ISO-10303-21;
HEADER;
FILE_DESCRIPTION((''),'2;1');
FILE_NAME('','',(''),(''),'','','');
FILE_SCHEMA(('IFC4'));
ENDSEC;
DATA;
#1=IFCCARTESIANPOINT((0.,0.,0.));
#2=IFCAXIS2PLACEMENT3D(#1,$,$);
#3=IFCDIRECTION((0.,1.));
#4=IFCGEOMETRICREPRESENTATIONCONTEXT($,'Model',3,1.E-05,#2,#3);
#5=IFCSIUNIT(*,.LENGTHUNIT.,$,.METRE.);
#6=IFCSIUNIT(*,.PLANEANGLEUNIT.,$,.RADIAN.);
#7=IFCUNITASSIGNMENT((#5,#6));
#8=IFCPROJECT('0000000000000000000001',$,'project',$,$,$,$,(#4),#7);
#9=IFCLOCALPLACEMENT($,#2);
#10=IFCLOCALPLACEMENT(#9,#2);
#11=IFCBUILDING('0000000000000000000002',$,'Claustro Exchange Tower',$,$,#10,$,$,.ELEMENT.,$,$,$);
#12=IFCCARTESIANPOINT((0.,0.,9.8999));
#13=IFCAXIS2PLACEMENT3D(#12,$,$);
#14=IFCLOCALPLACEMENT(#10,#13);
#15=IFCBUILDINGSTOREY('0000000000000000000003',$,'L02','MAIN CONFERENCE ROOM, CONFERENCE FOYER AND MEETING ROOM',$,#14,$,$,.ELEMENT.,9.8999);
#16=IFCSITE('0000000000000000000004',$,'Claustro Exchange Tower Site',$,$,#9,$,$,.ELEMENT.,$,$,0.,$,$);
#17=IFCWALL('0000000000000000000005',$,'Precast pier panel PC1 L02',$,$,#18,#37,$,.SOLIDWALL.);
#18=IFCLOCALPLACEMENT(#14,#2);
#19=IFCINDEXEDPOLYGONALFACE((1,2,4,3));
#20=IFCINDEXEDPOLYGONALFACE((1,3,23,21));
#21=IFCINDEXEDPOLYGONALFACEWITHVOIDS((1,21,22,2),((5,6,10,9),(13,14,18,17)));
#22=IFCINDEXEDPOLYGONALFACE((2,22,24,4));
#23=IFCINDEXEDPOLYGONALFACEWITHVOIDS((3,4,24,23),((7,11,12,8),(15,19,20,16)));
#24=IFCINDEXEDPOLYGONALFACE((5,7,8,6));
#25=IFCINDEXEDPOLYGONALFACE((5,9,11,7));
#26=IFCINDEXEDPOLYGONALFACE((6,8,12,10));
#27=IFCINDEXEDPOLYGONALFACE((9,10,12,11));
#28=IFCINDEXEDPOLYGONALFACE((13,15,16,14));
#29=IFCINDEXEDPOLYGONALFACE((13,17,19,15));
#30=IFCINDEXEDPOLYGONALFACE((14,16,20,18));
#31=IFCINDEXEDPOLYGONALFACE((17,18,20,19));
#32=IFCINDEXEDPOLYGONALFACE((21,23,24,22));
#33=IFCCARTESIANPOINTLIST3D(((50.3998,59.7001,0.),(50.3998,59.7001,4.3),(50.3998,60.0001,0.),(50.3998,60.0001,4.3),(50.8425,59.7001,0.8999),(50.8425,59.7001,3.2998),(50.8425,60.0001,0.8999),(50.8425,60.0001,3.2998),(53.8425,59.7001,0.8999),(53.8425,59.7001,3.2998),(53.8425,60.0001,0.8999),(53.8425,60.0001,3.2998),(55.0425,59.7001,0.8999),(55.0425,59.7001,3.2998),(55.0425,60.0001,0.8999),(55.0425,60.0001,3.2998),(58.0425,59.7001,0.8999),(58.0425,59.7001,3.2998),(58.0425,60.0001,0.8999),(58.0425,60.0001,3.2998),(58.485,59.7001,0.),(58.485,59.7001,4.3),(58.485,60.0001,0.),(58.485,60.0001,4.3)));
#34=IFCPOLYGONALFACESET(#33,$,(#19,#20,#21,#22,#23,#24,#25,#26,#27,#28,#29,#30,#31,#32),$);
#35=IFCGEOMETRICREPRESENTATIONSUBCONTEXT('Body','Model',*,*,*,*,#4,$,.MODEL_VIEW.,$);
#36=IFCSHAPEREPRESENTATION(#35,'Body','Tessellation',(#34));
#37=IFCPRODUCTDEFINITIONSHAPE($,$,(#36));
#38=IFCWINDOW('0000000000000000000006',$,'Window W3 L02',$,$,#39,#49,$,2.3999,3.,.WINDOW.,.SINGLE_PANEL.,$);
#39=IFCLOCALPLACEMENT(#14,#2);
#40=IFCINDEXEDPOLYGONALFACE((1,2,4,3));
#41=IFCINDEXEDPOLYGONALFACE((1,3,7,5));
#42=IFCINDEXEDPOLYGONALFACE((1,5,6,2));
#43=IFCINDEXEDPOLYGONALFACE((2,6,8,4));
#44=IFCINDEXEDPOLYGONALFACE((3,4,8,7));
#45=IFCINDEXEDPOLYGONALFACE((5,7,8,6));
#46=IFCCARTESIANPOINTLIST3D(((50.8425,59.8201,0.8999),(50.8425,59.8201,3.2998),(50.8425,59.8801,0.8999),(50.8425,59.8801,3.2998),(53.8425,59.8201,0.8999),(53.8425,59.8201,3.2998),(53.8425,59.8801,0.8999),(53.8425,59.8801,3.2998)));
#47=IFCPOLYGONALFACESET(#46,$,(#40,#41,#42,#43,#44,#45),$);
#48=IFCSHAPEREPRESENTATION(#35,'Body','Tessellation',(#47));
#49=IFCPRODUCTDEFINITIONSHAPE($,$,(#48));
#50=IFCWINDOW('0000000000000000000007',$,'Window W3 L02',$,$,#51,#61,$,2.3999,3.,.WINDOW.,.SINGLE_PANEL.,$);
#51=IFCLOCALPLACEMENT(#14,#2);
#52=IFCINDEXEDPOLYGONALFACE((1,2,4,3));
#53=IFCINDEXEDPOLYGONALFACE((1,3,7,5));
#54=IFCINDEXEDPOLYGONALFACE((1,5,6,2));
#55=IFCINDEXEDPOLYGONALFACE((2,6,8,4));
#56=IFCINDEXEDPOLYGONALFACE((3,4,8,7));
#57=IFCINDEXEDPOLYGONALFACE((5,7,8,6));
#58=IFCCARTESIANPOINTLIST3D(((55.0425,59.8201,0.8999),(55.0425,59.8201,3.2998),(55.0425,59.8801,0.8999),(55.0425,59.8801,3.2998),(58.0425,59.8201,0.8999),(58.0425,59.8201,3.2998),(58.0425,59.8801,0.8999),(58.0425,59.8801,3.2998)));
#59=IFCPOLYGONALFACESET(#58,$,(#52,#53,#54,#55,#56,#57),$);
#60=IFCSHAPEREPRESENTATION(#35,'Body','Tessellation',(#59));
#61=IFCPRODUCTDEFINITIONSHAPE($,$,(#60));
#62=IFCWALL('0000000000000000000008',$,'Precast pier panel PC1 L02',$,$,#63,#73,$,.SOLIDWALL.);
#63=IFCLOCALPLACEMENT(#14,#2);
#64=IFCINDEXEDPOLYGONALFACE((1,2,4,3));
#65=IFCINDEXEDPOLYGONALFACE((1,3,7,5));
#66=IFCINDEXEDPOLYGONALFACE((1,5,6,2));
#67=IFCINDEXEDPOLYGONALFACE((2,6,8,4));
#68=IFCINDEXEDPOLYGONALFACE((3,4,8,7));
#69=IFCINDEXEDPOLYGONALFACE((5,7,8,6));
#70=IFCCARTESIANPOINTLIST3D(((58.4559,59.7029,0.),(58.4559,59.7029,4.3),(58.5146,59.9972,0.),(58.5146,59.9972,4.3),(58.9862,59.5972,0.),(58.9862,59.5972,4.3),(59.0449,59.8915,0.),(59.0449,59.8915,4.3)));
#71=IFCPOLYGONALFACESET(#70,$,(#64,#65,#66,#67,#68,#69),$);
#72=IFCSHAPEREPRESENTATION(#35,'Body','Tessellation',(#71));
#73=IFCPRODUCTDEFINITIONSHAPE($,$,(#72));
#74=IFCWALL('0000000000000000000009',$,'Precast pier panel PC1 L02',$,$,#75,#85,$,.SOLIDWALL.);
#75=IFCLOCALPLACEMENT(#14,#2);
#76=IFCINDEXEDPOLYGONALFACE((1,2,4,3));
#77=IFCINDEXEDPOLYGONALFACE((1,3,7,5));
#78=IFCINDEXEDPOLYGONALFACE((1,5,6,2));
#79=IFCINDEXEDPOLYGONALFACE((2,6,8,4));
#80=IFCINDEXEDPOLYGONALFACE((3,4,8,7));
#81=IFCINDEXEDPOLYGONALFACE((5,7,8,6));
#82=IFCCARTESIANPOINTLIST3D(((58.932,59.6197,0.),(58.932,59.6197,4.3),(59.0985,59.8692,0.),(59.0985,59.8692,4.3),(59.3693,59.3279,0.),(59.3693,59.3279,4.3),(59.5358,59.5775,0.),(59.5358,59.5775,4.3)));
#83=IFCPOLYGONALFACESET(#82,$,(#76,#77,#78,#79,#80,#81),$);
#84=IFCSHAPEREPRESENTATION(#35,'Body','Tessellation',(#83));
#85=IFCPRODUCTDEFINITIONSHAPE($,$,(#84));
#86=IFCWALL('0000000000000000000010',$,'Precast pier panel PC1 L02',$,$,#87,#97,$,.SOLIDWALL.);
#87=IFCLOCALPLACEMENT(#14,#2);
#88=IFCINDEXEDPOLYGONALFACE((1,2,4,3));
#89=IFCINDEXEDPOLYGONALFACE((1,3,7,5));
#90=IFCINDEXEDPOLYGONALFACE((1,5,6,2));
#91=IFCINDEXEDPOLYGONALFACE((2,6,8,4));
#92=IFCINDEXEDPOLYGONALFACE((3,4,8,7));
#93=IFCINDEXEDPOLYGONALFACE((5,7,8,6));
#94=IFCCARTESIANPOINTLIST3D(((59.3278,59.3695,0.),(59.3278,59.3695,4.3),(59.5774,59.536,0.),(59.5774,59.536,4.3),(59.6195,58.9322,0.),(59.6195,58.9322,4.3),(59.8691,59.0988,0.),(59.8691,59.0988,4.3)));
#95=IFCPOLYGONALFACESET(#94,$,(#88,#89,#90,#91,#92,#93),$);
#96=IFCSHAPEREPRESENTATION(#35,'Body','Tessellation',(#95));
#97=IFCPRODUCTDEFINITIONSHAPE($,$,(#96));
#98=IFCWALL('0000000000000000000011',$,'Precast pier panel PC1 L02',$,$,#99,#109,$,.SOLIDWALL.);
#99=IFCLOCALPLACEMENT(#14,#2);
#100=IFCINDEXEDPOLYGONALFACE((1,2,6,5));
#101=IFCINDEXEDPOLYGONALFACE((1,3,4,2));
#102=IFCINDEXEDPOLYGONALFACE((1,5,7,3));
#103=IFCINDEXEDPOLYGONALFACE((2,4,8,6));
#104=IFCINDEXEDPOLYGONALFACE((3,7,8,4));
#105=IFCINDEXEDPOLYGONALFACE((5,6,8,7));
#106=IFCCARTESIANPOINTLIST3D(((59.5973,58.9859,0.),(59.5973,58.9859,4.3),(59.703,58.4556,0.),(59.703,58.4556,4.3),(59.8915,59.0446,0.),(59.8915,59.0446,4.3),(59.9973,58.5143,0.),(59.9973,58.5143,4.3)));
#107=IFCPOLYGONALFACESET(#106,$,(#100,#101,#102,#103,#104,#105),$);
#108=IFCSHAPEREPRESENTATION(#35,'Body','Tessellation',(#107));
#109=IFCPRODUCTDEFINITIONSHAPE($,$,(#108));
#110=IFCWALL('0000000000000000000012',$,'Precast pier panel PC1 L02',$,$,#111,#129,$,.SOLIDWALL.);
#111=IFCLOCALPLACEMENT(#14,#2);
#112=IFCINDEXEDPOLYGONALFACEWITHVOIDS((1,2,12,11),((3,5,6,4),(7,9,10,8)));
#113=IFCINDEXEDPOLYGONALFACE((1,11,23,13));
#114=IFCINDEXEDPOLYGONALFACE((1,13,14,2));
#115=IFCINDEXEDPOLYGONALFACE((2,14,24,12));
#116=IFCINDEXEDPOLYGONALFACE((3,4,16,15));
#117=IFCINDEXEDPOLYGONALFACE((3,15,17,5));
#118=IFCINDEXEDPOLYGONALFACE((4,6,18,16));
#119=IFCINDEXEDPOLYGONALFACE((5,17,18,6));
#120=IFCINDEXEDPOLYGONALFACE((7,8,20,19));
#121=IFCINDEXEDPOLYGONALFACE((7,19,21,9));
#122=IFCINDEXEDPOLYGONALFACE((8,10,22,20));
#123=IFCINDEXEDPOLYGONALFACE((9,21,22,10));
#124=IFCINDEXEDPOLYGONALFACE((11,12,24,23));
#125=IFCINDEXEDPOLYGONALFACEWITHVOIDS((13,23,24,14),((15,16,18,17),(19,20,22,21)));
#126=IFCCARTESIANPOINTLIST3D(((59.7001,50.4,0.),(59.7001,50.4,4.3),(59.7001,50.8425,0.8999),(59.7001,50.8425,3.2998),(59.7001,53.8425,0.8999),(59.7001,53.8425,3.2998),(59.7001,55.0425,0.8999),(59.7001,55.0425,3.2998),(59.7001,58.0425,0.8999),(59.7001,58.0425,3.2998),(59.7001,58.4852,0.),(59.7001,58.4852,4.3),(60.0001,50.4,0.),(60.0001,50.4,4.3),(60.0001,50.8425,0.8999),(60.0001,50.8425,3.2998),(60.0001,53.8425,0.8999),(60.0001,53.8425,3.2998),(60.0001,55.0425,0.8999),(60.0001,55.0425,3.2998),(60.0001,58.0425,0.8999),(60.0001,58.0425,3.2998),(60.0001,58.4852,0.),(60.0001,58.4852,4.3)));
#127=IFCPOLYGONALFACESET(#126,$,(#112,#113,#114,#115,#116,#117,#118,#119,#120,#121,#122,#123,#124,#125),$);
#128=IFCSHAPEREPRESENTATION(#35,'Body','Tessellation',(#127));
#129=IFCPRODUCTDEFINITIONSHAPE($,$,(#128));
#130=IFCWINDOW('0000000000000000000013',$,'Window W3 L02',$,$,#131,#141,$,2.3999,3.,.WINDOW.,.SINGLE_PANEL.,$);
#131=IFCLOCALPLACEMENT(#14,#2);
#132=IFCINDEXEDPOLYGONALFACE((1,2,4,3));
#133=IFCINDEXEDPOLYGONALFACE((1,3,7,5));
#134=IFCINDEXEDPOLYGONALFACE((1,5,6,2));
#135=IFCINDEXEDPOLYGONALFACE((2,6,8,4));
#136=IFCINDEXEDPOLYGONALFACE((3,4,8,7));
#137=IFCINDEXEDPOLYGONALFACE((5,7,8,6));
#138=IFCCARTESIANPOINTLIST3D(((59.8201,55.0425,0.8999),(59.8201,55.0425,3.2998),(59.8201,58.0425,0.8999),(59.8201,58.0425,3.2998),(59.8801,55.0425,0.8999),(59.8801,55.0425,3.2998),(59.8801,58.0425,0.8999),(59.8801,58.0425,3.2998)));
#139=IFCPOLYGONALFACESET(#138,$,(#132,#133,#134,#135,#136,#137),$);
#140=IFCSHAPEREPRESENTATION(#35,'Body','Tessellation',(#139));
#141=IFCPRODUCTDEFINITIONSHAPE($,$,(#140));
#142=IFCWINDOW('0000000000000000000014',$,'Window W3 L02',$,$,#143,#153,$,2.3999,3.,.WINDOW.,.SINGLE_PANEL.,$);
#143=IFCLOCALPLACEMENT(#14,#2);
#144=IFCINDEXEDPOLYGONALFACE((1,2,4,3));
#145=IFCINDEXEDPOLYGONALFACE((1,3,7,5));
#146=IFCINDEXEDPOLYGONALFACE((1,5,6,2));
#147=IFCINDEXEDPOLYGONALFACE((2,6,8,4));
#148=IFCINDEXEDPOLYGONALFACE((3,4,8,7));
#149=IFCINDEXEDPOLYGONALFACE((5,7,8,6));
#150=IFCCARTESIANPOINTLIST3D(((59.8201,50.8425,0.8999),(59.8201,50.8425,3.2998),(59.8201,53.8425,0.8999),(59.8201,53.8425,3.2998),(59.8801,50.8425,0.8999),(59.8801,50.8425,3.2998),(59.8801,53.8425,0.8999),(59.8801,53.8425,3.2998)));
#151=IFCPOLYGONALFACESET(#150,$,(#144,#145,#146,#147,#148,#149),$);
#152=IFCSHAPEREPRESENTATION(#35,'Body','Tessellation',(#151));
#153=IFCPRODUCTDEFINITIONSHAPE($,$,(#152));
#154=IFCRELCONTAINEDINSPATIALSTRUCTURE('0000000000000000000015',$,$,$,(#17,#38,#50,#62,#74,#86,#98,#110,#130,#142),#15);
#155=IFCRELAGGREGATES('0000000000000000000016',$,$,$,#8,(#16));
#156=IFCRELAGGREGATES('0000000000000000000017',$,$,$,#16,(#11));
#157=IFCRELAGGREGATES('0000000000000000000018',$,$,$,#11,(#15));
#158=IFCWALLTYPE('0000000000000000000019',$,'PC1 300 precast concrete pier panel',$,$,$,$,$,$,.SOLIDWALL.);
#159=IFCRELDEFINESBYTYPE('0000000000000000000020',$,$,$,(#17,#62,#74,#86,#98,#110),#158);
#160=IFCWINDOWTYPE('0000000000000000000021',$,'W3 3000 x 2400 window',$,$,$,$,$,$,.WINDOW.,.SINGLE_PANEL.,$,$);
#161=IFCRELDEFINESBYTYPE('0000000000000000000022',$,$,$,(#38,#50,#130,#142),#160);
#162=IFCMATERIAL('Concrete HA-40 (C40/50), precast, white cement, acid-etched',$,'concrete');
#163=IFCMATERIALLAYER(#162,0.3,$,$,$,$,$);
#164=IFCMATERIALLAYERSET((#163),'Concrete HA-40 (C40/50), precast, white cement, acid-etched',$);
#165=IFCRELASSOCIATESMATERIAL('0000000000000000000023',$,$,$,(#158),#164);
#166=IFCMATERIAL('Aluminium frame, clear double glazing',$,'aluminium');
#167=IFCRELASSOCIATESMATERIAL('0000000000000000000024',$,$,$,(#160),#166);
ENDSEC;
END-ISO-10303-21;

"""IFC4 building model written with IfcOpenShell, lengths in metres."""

from ifc_helpers import new_model, si_unit, direction, frame, frame_2d, origin, place, context, subcontext, project, spatial, rectangle, extrude, material, layer, layer_set, type_object, element, fill, save


model = new_model("IFC4")

# Units and contexts
model_context = context("Model", 3, precision=1e-05, world=origin(), true_north=direction((0.0, 1.0)))
body_context = subcontext(model_context, "Body", "Model", "MODEL_VIEW")
ifc_project = project(units=[si_unit("LENGTHUNIT", "METRE"), si_unit("PLANEANGLEUNIT", "RADIAN")], contexts=[model_context])

# Site, building, storey
site_placement = place(None, origin())
site = spatial("IfcSite", under=ifc_project, at=site_placement, Name="Claustro Exchange Tower Site", CompositionType="ELEMENT", RefElevation=0.0)
building_placement = place(site_placement, origin())
building = spatial("IfcBuilding", under=site, at=building_placement, Name="Claustro Exchange Tower", CompositionType="ELEMENT")
storey_placement = place(building_placement, frame((0.0, 0.0, 9.8999)))
storey = spatial("IfcBuildingStorey", under=building, at=storey_placement, Name="L02", Description="MAIN CONFERENCE ROOM, CONFERENCE FOYER AND MEETING ROOM", CompositionType="ELEMENT", Elevation=9.8999)

# Wall, openings, windows
ifc_material_1 = material(Name="Concrete HA-40 (C40/50), precast, white cement, acid-etched", Category="concrete")
ifc_layer_1 = layer(ifc_material_1, 0.3)
ifc_layer_set_1 = layer_set([ifc_layer_1], Name="Concrete HA-40 (C40/50), precast, white cement, acid-etched")
wall_type_1 = type_object("IfcWallType", Name="PC1 300 precast concrete pier panel", PredefinedType="SOLIDWALL", material=ifc_layer_set_1)
wall_1_placement = place(storey_placement, frame((50.3999, 59.8501, 0.0), z_axis=(0.0, 0.0, 1.0), x_axis=(1.0, 0.0, 0.0)))
wall_1 = element("IfcWall", 1, at=wall_1_placement, inside=storey, type_object=wall_type_1, Name="Precast pier panel PC1 L02", PredefinedType="SOLIDWALL", context=body_context, shape_type="SweptSolid", body=[
    extrude(rectangle(XDim=8.0852, YDim=0.3, at=frame_2d((4.0425, 0.0))), origin(), (0.0, 0.0, 1.0), 4.3),
])
opening_1_placement = place(wall_1_placement, frame((0.4426, 0.0, 0.8999)))
opening_1 = element("IfcOpeningElement", 2, at=opening_1_placement, cuts=wall_1, PredefinedType="OPENING", context=body_context, shape_type="SweptSolid", body=[
    extrude(rectangle(XDim=3.0, YDim=2.3999, at=frame_2d((1.5, 1.2))), frame((0.0, 0.1599, 0.0), z_axis=(0.0, -1.0, 0.0), x_axis=(1.0, 0.0, 0.0)), (0.0, 0.0, 1.0), 0.3201),
])
opening_2_placement = place(wall_1_placement, frame((4.6426, 0.0, 0.8999)))
opening_2 = element("IfcOpeningElement", 3, at=opening_2_placement, cuts=wall_1, PredefinedType="OPENING", context=body_context, shape_type="SweptSolid", body=[
    extrude(rectangle(XDim=3.0, YDim=2.3999, at=frame_2d((1.5, 1.2))), frame((0.0, 0.1599, 0.0), z_axis=(0.0, -1.0, 0.0), x_axis=(1.0, 0.0, 0.0)), (0.0, 0.0, 1.0), 0.3201),
])
ifc_material_2 = material(Name="Aluminium frame, clear double glazing", Category="aluminium")
window_type = type_object("IfcWindowType", Name="W3 3000 x 2400 window", PartitioningType="SINGLE_PANEL", PredefinedType="WINDOW", material=ifc_material_2)
window_1_placement = place(opening_1_placement, origin())
window_1 = element("IfcWindow", 4, at=window_1_placement, inside=storey, type_object=window_type, Name="Window W3 L02", OverallHeight=2.3999, OverallWidth=3.0, PartitioningType="SINGLE_PANEL", PredefinedType="WINDOW", context=body_context, shape_type="SweptSolid", body=[
    extrude(rectangle(XDim=3.0, YDim=2.3999, at=frame_2d((1.5, 1.2))), frame((0.0, 0.03, 0.0), z_axis=(0.0, -1.0, 0.0), x_axis=(1.0, 0.0, 0.0)), (0.0, 0.0, 1.0), 0.0601),
])
fill(opening_1, window_1)
window_2_placement = place(opening_2_placement, origin())
window_2 = element("IfcWindow", 5, at=window_2_placement, inside=storey, type_object=window_type, Name="Window W3 L02", OverallHeight=2.3999, OverallWidth=3.0, PartitioningType="SINGLE_PANEL", PredefinedType="WINDOW", context=body_context, shape_type="SweptSolid", body=[
    extrude(rectangle(XDim=3.0, YDim=2.3999, at=frame_2d((1.5, 1.2))), frame((0.0, 0.03, 0.0), z_axis=(0.0, -1.0, 0.0), x_axis=(1.0, 0.0, 0.0)), (0.0, 0.0, 1.0), 0.0601),
])
fill(opening_2, window_2)

# Walls
wall_2_placement = place(storey_placement, frame((58.4851, 59.8501, 0.0), z_axis=(0.0, 0.0, 1.0), x_axis=(0.980702, -0.195508, 0.0)))
element("IfcWall", 6, at=wall_2_placement, inside=storey, type_object=wall_type_1, Name="Precast pier panel PC1 L02", PredefinedType="SOLIDWALL", context=body_context, shape_type="SweptSolid", body=[
    extrude(rectangle(XDim=0.5408, YDim=0.3, at=frame_2d((0.2705, 0.0))), origin(), (0.0, 0.0, 1.0), 4.3),
])
for number, where, z_axis, x_axis, name in (
    (7, (59.0154, 59.7444, 0.0), (0.0, 0.0, 1.0), (0.831836, -0.555022, 0.0), "Precast pier panel PC1 L02"),
    (8, (59.4526, 59.4526, 0.0), (0.0, 0.0, 1.0), (0.555022, -0.831836, 0.0), "Precast pier panel PC1 L02"),
):
    element("IfcWall", number, at=place(storey_placement, frame(where, z_axis=z_axis, x_axis=x_axis)), inside=storey, type_object=wall_type_1, Name=name, PredefinedType="SOLIDWALL", context=body_context, shape_type="SweptSolid", body=[
        extrude(rectangle(XDim=0.5256, YDim=0.3, at=frame_2d((0.2627, 0.0))), origin(), (0.0, 0.0, 1.0), 4.3),
    ])
wall_3_placement = place(storey_placement, frame((59.7444, 59.0154, 0.0), z_axis=(0.0, 0.0, 1.0), x_axis=(0.195508, -0.980702, 0.0)))
element("IfcWall", 9, at=wall_3_placement, inside=storey, type_object=wall_type_1, Name="Precast pier panel PC1 L02", PredefinedType="SOLIDWALL", context=body_context, shape_type="SweptSolid", body=[
    extrude(rectangle(XDim=0.5408, YDim=0.3, at=frame_2d((0.2705, 0.0))), origin(), (0.0, 0.0, 1.0), 4.3),
])

# Wall, openings, windows
wall_4_placement = place(storey_placement, frame((59.8501, 58.4851, 0.0), z_axis=(0.0, 0.0, 1.0), x_axis=(0.0, -1.0, 0.0)))
wall_4 = element("IfcWall", 10, at=wall_4_placement, inside=storey, type_object=wall_type_1, Name="Precast pier panel PC1 L02", PredefinedType="SOLIDWALL", context=body_context, shape_type="SweptSolid", body=[
    extrude(rectangle(XDim=8.0852, YDim=0.3, at=frame_2d((4.0425, 0.0))), origin(), (0.0, 0.0, 1.0), 4.3),
])
opening_3_placement = place(wall_4_placement, frame((0.4426, 0.0, 0.8999)))
opening_3 = element("IfcOpeningElement", 11, at=opening_3_placement, cuts=wall_4, PredefinedType="OPENING", context=body_context, shape_type="SweptSolid", body=[
    extrude(rectangle(XDim=3.0, YDim=2.3999, at=frame_2d((1.5, 1.2))), frame((0.0, 0.1599, 0.0), z_axis=(0.0, -1.0, 0.0), x_axis=(1.0, 0.0, 0.0)), (0.0, 0.0, 1.0), 0.3201),
])
opening_4_placement = place(wall_4_placement, frame((4.6426, 0.0, 0.8999)))
opening_4 = element("IfcOpeningElement", 12, at=opening_4_placement, cuts=wall_4, PredefinedType="OPENING", context=body_context, shape_type="SweptSolid", body=[
    extrude(rectangle(XDim=3.0, YDim=2.3999, at=frame_2d((1.5, 1.2))), frame((0.0, 0.1599, 0.0), z_axis=(0.0, -1.0, 0.0), x_axis=(1.0, 0.0, 0.0)), (0.0, 0.0, 1.0), 0.3201),
])
window_3_placement = place(opening_3_placement, origin())
window_3 = element("IfcWindow", 13, at=window_3_placement, inside=storey, type_object=window_type, Name="Window W3 L02", OverallHeight=2.3999, OverallWidth=3.0, PartitioningType="SINGLE_PANEL", PredefinedType="WINDOW", context=body_context, shape_type="SweptSolid", body=[
    extrude(rectangle(XDim=3.0, YDim=2.3999, at=frame_2d((1.5, 1.2))), frame((0.0, 0.03, 0.0), z_axis=(0.0, -1.0, 0.0), x_axis=(1.0, 0.0, 0.0)), (0.0, 0.0, 1.0), 0.0601),
])
fill(opening_3, window_3)
window_4_placement = place(opening_4_placement, origin())
window_4 = element("IfcWindow", 14, at=window_4_placement, inside=storey, type_object=window_type, Name="Window W3 L02", OverallHeight=2.3999, OverallWidth=3.0, PartitioningType="SINGLE_PANEL", PredefinedType="WINDOW", context=body_context, shape_type="SweptSolid", body=[
    extrude(rectangle(XDim=3.0, YDim=2.3999, at=frame_2d((1.5, 1.2))), frame((0.0, 0.03, 0.0), z_axis=(0.0, -1.0, 0.0), x_axis=(1.0, 0.0, 0.0)), (0.0, 0.0, 1.0), 0.0601),
])
fill(opening_4, window_4)

save(model, "model.ifc")
